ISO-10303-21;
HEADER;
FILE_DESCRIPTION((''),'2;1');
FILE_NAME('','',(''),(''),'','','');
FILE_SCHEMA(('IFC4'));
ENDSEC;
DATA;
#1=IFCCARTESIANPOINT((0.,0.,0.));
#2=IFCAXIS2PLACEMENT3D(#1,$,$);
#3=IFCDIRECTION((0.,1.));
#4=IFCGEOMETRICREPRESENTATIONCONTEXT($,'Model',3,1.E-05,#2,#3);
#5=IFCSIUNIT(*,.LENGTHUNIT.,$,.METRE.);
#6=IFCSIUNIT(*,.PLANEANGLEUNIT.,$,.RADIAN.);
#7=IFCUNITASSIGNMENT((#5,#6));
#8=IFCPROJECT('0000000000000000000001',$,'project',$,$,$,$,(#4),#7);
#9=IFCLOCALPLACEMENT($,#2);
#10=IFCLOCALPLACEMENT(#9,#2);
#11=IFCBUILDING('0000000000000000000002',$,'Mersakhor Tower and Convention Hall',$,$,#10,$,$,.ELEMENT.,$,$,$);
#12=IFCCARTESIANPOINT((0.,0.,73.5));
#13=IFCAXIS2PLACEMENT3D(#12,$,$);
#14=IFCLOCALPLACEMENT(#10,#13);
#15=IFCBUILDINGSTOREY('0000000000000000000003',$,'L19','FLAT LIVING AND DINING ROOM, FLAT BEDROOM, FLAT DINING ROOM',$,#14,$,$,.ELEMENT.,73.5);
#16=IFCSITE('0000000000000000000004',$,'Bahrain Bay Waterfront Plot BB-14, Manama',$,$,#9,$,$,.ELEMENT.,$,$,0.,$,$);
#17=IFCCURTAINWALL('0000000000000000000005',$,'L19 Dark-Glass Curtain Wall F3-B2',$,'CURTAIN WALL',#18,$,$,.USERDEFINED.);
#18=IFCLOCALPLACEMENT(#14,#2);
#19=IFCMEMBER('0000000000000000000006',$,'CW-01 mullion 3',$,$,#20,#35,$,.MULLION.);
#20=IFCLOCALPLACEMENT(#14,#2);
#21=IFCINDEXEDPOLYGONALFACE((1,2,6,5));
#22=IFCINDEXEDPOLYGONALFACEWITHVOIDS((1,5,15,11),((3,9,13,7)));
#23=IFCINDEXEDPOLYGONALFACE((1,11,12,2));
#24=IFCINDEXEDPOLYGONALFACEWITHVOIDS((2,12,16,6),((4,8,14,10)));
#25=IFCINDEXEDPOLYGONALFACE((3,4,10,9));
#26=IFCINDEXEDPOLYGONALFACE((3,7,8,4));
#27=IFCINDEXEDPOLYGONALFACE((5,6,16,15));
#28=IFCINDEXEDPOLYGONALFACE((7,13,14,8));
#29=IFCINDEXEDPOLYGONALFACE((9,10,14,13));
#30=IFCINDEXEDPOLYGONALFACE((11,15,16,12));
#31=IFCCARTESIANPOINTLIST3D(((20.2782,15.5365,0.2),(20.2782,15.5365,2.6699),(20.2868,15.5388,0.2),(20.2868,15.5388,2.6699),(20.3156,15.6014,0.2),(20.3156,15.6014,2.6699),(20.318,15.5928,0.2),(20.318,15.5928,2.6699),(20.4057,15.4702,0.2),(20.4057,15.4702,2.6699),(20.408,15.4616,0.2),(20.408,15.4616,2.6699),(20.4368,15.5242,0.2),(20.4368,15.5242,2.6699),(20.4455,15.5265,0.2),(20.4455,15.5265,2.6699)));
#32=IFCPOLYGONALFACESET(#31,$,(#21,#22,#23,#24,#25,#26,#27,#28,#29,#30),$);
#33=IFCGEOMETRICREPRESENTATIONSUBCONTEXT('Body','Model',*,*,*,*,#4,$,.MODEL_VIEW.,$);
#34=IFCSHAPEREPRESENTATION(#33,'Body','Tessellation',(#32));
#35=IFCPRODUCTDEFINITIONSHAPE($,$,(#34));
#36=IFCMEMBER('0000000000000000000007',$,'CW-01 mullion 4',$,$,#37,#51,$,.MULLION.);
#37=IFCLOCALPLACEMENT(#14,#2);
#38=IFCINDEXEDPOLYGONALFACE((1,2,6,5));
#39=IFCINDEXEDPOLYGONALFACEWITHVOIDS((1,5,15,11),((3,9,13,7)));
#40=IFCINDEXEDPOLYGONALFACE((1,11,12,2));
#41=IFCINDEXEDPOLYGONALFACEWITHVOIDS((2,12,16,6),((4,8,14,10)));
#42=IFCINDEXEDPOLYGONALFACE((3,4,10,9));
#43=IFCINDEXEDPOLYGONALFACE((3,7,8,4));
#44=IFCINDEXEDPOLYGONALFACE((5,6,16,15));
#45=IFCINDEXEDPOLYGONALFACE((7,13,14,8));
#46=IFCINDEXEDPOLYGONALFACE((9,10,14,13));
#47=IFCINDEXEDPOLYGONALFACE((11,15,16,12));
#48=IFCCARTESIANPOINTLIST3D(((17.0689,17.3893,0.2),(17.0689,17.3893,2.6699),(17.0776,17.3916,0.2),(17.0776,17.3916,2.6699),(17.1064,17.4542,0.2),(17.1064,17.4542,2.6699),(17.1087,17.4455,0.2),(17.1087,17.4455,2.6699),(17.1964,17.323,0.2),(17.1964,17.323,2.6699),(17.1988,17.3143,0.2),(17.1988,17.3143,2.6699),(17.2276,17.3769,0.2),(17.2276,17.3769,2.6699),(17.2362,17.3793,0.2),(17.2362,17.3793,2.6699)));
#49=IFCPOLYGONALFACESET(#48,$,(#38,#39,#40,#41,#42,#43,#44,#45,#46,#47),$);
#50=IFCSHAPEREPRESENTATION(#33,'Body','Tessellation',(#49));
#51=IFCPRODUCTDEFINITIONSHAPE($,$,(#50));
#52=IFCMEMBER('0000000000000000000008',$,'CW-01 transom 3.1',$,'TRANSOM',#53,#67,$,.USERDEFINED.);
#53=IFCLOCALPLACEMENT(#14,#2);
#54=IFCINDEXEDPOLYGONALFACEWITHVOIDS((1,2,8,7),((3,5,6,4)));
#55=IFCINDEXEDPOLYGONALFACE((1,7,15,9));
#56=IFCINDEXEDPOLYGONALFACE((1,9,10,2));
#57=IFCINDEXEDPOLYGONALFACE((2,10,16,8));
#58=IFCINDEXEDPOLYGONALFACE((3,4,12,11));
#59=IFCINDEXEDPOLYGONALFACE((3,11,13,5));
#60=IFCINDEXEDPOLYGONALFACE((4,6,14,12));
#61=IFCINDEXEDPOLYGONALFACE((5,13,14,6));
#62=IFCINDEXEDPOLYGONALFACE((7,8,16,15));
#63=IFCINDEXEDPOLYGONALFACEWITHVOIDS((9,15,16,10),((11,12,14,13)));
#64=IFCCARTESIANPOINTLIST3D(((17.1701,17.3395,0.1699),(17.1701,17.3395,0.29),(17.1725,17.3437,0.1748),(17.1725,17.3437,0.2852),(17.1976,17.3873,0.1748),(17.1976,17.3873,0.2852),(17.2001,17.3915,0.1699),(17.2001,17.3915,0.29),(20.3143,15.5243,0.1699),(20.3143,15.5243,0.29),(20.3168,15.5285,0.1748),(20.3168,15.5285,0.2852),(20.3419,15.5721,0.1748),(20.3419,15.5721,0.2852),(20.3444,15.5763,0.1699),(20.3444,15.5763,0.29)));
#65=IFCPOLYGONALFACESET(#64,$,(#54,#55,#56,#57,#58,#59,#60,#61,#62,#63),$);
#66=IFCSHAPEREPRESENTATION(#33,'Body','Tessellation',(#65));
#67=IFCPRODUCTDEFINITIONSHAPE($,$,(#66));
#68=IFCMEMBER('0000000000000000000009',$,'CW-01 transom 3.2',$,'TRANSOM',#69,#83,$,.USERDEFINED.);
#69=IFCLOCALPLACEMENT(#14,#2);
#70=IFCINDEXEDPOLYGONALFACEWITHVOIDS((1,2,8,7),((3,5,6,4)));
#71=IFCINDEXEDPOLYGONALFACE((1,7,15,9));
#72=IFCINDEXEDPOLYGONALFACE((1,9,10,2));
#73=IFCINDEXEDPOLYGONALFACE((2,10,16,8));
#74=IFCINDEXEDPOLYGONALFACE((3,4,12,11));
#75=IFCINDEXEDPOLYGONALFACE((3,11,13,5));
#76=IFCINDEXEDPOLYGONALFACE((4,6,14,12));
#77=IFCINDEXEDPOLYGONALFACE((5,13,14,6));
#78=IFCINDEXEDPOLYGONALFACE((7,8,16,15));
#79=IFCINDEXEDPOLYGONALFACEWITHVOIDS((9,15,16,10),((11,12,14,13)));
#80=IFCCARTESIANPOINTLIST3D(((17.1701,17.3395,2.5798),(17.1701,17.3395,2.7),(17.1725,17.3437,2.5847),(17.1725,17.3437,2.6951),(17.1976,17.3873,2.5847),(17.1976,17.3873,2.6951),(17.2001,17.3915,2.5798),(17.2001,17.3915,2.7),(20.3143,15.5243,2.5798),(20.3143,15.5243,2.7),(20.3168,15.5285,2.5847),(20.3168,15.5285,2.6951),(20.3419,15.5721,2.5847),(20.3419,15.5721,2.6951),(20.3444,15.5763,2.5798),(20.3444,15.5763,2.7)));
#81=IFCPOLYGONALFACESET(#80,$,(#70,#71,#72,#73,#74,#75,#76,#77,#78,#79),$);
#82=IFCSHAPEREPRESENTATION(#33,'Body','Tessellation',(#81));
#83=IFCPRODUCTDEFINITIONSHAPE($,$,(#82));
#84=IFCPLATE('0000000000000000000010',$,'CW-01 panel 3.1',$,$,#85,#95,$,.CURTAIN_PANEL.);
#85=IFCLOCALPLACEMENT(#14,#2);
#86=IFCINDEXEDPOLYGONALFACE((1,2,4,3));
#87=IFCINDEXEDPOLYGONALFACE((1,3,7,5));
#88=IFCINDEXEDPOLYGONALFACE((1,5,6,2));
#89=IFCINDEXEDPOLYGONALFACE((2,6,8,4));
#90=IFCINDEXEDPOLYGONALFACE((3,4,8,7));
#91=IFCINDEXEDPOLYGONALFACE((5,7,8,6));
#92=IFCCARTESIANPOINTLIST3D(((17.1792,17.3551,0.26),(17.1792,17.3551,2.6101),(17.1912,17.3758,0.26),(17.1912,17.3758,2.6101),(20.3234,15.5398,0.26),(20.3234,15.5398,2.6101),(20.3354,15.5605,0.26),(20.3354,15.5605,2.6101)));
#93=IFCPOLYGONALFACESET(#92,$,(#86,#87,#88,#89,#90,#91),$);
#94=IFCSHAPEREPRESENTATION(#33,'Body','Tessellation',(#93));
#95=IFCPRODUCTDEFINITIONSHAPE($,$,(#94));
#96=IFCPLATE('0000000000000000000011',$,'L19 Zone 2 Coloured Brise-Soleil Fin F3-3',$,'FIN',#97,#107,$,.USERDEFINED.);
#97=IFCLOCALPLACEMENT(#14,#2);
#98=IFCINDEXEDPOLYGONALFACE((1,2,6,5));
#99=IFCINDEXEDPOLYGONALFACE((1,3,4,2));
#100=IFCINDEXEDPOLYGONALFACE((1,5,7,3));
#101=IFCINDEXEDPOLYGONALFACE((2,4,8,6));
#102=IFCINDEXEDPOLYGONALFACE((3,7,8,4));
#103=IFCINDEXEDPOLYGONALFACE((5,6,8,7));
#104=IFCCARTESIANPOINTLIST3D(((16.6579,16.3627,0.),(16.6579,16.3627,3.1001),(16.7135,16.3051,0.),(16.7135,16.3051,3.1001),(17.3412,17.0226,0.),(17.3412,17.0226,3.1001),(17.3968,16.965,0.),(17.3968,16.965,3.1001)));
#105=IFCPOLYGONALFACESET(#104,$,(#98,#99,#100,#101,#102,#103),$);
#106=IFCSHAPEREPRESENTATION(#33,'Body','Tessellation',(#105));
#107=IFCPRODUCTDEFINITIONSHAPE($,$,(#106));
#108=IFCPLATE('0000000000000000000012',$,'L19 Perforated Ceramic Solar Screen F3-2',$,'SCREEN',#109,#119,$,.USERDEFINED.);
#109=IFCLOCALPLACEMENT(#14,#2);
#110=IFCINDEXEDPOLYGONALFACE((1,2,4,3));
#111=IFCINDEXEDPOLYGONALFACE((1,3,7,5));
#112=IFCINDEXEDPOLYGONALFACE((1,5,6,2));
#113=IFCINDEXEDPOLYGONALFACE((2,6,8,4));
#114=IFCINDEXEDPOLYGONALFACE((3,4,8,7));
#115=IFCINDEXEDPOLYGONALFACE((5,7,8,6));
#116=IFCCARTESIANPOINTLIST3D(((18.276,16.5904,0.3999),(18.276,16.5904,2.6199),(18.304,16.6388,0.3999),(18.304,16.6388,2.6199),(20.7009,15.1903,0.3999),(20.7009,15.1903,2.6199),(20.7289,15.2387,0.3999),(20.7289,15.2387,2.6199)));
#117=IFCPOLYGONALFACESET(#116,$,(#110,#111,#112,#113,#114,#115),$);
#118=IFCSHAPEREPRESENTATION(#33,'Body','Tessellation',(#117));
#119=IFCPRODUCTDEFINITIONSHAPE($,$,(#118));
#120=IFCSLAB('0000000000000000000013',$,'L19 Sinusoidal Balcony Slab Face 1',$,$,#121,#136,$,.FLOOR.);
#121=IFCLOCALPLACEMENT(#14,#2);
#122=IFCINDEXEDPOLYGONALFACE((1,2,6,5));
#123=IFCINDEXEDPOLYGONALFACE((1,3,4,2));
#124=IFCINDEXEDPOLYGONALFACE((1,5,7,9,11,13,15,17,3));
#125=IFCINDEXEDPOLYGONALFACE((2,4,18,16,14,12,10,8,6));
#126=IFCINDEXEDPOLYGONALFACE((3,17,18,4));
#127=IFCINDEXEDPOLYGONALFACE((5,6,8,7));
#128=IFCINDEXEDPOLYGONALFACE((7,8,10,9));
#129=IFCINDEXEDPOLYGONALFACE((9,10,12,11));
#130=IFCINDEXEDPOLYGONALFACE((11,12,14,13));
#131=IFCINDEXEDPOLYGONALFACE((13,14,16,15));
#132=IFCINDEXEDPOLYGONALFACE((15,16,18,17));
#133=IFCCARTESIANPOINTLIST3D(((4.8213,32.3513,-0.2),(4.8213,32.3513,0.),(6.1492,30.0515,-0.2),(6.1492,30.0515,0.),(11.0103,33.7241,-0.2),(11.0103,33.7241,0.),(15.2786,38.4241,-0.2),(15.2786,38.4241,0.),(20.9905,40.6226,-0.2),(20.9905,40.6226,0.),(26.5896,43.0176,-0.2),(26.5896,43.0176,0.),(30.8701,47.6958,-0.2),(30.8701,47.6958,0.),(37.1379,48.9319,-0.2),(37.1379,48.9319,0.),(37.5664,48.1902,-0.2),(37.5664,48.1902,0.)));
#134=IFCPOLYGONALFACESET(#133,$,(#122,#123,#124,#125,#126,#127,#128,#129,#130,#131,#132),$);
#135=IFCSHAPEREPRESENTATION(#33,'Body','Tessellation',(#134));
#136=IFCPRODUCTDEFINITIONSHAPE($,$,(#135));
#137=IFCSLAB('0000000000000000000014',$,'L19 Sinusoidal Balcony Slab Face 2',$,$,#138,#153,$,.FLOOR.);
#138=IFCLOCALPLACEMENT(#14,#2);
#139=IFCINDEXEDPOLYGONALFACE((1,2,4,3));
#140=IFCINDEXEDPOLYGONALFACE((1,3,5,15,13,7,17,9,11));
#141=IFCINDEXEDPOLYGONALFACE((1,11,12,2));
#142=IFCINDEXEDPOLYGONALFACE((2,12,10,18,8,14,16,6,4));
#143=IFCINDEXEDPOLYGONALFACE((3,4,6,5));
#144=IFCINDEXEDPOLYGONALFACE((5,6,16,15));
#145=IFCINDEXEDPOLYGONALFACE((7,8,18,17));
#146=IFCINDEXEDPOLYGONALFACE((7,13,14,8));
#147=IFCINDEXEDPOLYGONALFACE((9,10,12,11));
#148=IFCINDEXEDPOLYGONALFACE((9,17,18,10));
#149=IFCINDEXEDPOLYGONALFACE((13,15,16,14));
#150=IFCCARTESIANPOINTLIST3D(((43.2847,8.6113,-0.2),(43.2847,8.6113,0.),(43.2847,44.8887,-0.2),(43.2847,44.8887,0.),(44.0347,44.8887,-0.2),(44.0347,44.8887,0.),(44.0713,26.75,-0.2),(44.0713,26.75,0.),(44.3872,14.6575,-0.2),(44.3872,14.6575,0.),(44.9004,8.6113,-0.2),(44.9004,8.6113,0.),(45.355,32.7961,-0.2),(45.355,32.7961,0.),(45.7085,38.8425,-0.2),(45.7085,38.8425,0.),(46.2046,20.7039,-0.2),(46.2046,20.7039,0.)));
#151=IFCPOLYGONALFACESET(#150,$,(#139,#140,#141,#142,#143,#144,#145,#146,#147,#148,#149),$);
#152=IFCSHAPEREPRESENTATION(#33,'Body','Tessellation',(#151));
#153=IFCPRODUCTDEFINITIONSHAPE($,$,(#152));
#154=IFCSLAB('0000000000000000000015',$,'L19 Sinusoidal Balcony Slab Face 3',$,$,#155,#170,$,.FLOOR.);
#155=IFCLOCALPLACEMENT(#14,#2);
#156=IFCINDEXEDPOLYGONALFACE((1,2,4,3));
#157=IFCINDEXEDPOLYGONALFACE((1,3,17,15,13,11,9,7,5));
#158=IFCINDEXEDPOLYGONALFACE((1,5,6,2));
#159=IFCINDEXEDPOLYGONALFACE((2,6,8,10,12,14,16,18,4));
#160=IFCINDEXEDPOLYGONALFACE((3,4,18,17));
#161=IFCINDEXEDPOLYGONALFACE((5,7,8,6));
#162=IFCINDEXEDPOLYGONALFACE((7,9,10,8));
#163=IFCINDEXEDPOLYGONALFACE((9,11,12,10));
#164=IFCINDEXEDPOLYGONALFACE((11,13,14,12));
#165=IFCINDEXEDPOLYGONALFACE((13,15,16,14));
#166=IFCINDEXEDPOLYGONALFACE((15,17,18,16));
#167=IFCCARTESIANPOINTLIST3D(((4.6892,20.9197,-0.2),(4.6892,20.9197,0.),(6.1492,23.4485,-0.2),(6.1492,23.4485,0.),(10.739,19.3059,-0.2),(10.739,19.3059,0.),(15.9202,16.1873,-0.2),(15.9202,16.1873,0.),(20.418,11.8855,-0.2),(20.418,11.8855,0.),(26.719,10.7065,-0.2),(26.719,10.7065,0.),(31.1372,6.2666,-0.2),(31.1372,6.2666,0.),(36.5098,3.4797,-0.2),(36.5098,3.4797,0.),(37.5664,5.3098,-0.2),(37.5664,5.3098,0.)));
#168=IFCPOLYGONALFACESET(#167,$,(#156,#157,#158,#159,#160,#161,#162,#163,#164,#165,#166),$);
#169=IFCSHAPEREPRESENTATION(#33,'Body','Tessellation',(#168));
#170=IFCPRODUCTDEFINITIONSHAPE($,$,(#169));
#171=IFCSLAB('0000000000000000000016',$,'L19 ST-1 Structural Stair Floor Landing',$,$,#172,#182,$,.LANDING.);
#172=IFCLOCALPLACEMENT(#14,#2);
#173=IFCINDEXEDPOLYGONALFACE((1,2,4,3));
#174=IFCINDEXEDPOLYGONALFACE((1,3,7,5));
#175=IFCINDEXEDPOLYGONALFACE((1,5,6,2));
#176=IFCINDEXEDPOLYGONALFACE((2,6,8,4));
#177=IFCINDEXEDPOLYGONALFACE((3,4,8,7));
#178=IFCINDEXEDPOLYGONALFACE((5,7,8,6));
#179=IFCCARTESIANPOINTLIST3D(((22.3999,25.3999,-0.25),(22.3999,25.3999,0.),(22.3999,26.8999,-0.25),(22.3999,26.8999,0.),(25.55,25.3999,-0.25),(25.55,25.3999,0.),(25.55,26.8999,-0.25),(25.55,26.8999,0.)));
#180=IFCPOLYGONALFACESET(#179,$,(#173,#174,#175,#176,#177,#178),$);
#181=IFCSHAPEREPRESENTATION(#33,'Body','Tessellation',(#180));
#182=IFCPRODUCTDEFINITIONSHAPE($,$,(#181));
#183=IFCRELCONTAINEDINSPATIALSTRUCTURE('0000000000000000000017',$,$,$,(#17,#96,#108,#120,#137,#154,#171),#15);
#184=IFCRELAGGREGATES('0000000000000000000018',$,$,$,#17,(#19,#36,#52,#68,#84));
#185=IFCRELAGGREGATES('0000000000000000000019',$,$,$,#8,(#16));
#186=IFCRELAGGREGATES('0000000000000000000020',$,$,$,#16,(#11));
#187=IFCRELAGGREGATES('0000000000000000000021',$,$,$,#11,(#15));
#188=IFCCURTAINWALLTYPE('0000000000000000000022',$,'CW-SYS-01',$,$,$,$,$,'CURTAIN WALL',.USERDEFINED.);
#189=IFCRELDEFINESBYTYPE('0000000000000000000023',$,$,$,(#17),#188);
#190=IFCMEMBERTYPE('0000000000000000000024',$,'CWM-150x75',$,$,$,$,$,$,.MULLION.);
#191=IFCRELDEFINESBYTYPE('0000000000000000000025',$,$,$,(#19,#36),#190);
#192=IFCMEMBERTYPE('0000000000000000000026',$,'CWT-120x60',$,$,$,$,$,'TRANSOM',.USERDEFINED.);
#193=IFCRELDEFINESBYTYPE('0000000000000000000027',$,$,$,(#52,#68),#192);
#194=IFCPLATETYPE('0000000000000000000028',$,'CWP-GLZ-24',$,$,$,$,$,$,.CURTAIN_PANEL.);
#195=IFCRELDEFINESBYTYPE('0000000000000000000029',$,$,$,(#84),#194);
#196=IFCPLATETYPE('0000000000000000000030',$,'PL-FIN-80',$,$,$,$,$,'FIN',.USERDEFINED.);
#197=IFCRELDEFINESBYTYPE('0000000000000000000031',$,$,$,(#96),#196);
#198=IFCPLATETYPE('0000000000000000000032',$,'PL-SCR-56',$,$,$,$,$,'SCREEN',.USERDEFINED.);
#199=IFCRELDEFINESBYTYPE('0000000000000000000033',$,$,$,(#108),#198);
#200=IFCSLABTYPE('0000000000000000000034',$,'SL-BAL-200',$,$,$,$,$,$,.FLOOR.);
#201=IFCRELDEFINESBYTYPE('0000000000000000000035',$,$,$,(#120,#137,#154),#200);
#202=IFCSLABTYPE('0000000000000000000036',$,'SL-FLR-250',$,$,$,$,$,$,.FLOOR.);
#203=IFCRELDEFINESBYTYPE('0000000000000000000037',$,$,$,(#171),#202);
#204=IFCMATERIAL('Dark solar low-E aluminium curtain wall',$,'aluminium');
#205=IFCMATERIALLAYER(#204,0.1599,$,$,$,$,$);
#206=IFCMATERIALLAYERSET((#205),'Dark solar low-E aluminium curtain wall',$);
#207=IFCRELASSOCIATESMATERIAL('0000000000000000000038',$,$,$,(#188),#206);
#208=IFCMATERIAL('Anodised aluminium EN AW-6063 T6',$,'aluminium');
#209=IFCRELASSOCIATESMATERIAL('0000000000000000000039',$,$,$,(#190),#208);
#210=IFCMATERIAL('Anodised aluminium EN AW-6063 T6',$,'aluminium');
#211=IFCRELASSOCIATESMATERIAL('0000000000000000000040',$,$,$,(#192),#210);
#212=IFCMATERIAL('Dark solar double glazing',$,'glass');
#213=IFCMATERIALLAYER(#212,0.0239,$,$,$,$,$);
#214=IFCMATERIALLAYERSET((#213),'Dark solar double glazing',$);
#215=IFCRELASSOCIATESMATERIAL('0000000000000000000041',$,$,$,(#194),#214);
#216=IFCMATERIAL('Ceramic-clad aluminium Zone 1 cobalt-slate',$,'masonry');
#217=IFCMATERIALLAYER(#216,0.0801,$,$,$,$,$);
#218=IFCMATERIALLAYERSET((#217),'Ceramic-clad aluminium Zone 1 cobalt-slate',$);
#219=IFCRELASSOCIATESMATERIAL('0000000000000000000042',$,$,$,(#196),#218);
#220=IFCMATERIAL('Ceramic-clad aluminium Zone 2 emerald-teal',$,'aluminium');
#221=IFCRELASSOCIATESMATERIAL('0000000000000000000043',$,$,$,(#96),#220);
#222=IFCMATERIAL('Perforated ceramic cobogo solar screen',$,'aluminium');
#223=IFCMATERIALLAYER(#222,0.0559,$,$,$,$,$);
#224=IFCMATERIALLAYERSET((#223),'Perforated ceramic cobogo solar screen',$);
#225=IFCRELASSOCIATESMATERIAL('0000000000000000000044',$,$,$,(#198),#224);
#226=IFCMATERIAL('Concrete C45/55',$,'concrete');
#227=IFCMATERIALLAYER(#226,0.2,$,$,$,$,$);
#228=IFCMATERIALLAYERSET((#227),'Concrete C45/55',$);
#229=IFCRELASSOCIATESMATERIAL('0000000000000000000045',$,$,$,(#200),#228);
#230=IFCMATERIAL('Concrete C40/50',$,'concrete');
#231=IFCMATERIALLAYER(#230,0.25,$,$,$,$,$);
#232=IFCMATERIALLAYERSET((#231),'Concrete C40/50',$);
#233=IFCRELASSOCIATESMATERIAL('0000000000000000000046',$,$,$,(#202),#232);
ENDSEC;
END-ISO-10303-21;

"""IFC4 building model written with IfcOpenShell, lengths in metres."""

from ifc_helpers import new_model, si_unit, direction, frame, origin, origin_2d, place, context, subcontext, project, spatial, polyline, rectangle, hollow_rectangle, outline, extrude, material, layer, layer_set, material_profile, profile_set, type_object, element, aggregate, save


model = new_model("IFC4")

# Units and contexts
model_context = context("Model", 3, precision=1e-05, world=origin(), true_north=direction((0.0, 1.0)))
body_context = subcontext(model_context, "Body", "Model", "MODEL_VIEW")
ifc_project = project(units=[si_unit("LENGTHUNIT", "METRE"), si_unit("PLANEANGLEUNIT", "RADIAN")], contexts=[model_context])

# Site, building, storey
site_placement = place(None, origin())
site = spatial("IfcSite", under=ifc_project, at=site_placement, Name="Bahrain Bay Waterfront Plot BB-14, Manama", CompositionType="ELEMENT", RefElevation=0.0)
building_placement = place(site_placement, origin())
building = spatial("IfcBuilding", under=site, at=building_placement, Name="Mersakhor Tower and Convention Hall", CompositionType="ELEMENT")
storey_placement = place(building_placement, frame((0.0, 0.0, 73.5)))
storey = spatial("IfcBuildingStorey", under=building, at=storey_placement, Name="L19", Description="FLAT LIVING AND DINING ROOM, FLAT BEDROOM, FLAT DINING ROOM", CompositionType="ELEMENT", Elevation=73.5)

# Curtain wall, members, plate
ifc_material_1 = material(Name="Dark solar low-E aluminium curtain wall", Category="aluminium")
ifc_layer_1 = layer(ifc_material_1, 0.1599)
ifc_layer_set_1 = layer_set([ifc_layer_1], Name="Dark solar low-E aluminium curtain wall")
curtain_wall_type = type_object("IfcCurtainWallType", Name="CW-SYS-01", ElementType="CURTAIN WALL", PredefinedType="USERDEFINED", material=ifc_layer_set_1)
curtain_wall_placement = place(storey_placement, origin())
curtain_wall = element("IfcCurtainWall", 1, at=curtain_wall_placement, inside=storey, type_object=curtain_wall_type, Name="L19 Dark-Glass Curtain Wall F3-B2", ObjectType="CURTAIN WALL", PredefinedType="USERDEFINED")
ifc_material_2 = material(Name="Anodised aluminium EN AW-6063 T6", Category="aluminium")
ifc_material_profile_1 = material_profile(ifc_material_2, hollow_rectangle(XDim=0.075, YDim=0.1499, WallThickness=0.0063, at=origin_2d()), Name="RHS 150x75x6.3")
ifc_profile_set_1 = profile_set([ifc_material_profile_1], Name="Anodised aluminium EN AW-6063 T6")
member_type_1 = type_object("IfcMemberType", Name="CWM-150x75", PredefinedType="MULLION", material=ifc_profile_set_1)
member_1_placement = place(storey_placement, frame((20.3618, 15.5315, 0.2), z_axis=(0.0, 0.0, 1.0), x_axis=(-0.499998, -0.866027, 0.0)))
member_1 = element("IfcMember", 2, at=member_1_placement, type_object=member_type_1, Name="CW-01 mullion 3", PredefinedType="MULLION", context=body_context, shape_type="SweptSolid", body=[
    extrude(hollow_rectangle(XDim=0.075, YDim=0.1499, WallThickness=0.0063, at=origin_2d()), origin(), (0.0, 0.0, 1.0), 2.47),
])
member_2_placement = place(storey_placement, frame((17.1526, 17.3843, 0.2), z_axis=(0.0, 0.0, 1.0), x_axis=(-0.499998, -0.866027, 0.0)))
member_2 = element("IfcMember", 3, at=member_2_placement, type_object=member_type_1, Name="CW-01 mullion 4", PredefinedType="MULLION", context=body_context, shape_type="SweptSolid", body=[
    extrude(hollow_rectangle(XDim=0.075, YDim=0.1499, WallThickness=0.0063, at=origin_2d()), origin(), (0.0, 0.0, 1.0), 2.47),
])
ifc_material_3 = material(Name="Anodised aluminium EN AW-6063 T6", Category="aluminium")
ifc_material_profile_2 = material_profile(ifc_material_3, hollow_rectangle(XDim=0.0601, YDim=0.1201, WallThickness=0.0049, at=origin_2d()), Name="RHS 120x60x5")
ifc_profile_set_2 = profile_set([ifc_material_profile_2], Name="Anodised aluminium EN AW-6063 T6")
member_type_2 = type_object("IfcMemberType", Name="CWT-120x60", ElementType="TRANSOM", PredefinedType="USERDEFINED", material=ifc_profile_set_2)
member_3_placement = place(storey_placement, frame((20.3293, 15.5503, 0.23), z_axis=(-0.866046, 0.499965, 0.0), x_axis=(-0.499965, -0.866046, 0.0)))
member_3 = element("IfcMember", 4, at=member_3_placement, type_object=member_type_2, Name="CW-01 transom 3.1", ObjectType="TRANSOM", PredefinedType="USERDEFINED", context=body_context, shape_type="SweptSolid", body=[
    extrude(hollow_rectangle(XDim=0.0601, YDim=0.1201, WallThickness=0.0049, at=origin_2d()), origin(), (0.0, 0.0, 1.0), 3.6306),
])
member_4_placement = place(storey_placement, frame((20.3293, 15.5503, 2.6399), z_axis=(-0.866046, 0.499965, 0.0), x_axis=(-0.499965, -0.866046, 0.0)))
member_4 = element("IfcMember", 5, at=member_4_placement, type_object=member_type_2, Name="CW-01 transom 3.2", ObjectType="TRANSOM", PredefinedType="USERDEFINED", context=body_context, shape_type="SweptSolid", body=[
    extrude(hollow_rectangle(XDim=0.0601, YDim=0.1201, WallThickness=0.0049, at=origin_2d()), origin(), (0.0, 0.0, 1.0), 3.6306),
])
ifc_material_4 = material(Name="Dark solar double glazing", Category="glass")
ifc_layer_2 = layer(ifc_material_4, 0.0239)
ifc_layer_set_2 = layer_set([ifc_layer_2], Name="Dark solar double glazing")
plate_type_1 = type_object("IfcPlateType", Name="CWP-GLZ-24", PredefinedType="CURTAIN_PANEL", material=ifc_layer_set_2)
plate_1_placement = place(storey_placement, frame((18.7573, 16.4578, 0.26), z_axis=(0.0, 0.0, 1.0), x_axis=(-0.866027, 0.499998, 0.0)))
plate_1 = element("IfcPlate", 6, at=plate_1_placement, type_object=plate_type_1, Name="CW-01 panel 3.1", PredefinedType="CURTAIN_PANEL", context=body_context, shape_type="SweptSolid", body=[
    extrude(rectangle(XDim=3.6306, YDim=0.0239, at=origin_2d()), origin(), (0.0, 0.0, 1.0), 2.3501),
])
aggregate(curtain_wall, [member_1, member_2, member_3, member_4, plate_1])

# Plates
ifc_material_5 = material(Name="Ceramic-clad aluminium Zone 2 emerald-teal", Category="aluminium")
ifc_material_6 = material(Name="Ceramic-clad aluminium Zone 1 cobalt-slate", Category="masonry")
ifc_layer_3 = layer(ifc_material_6, 0.0801)
ifc_layer_set_3 = layer_set([ifc_layer_3], Name="Ceramic-clad aluminium Zone 1 cobalt-slate")
plate_type_2 = type_object("IfcPlateType", Name="PL-FIN-80", ElementType="FIN", PredefinedType="USERDEFINED", material=ifc_layer_set_3)
plate_2_placement = place(storey_placement, frame((17.0273, 16.6638, 0.0), z_axis=(0.0, 0.0, 1.0), x_axis=(-0.71934, -0.694658, 0.0)))
element("IfcPlate", 7, at=plate_2_placement, inside=storey, type_object=plate_type_2, material=ifc_material_5, Name="L19 Zone 2 Coloured Brise-Soleil Fin F3-3", ObjectType="FIN", PredefinedType="USERDEFINED", context=body_context, shape_type="SweptSolid", body=[
    extrude(rectangle(XDim=0.95, YDim=0.0801, at=origin_2d()), origin(), (0.0, 0.0, 1.0), 3.1001),
])
ifc_material_7 = material(Name="Perforated ceramic cobogo solar screen", Category="aluminium")
ifc_layer_4 = layer(ifc_material_7, 0.0559)
ifc_layer_set_4 = layer_set([ifc_layer_4], Name="Perforated ceramic cobogo solar screen")
plate_type_3 = type_object("IfcPlateType", Name="PL-SCR-56", ElementType="SCREEN", PredefinedType="USERDEFINED", material=ifc_layer_set_4)
plate_3_placement = place(storey_placement, frame((19.5024, 15.9146, 0.3999), z_axis=(0.0, 0.0, 1.0), x_axis=(-0.866025, 0.5, 0.0)))
element("IfcPlate", 8, at=plate_3_placement, inside=storey, type_object=plate_type_3, Name="L19 Perforated Ceramic Solar Screen F3-2", ObjectType="SCREEN", PredefinedType="USERDEFINED", context=body_context, shape_type="SweptSolid", body=[
    extrude(rectangle(XDim=2.8, YDim=0.0559, at=origin_2d()), origin(), (0.0, 0.0, 1.0), 2.22),
])

# Slabs
ifc_material_8 = material(Name="Concrete C45/55", Category="concrete")
ifc_layer_5 = layer(ifc_material_8, 0.2)
ifc_layer_set_5 = layer_set([ifc_layer_5], Name="Concrete C45/55")
slab_type_1 = type_object("IfcSlabType", Name="SL-BAL-200", PredefinedType="FLOOR", material=ifc_layer_set_5)
slab_1_placement = place(storey_placement, frame((0.0, 0.0, -0.2)))
element("IfcSlab", 9, at=slab_1_placement, inside=storey, type_object=slab_type_1, Name="L19 Sinusoidal Balcony Slab Face 1", PredefinedType="FLOOR", context=body_context, shape_type="SweptSolid", body=[
    extrude(outline(polyline([(6.1492, 30.0515), (37.5664, 48.1902), (37.1379, 48.9319), (30.8701, 47.6958), (26.5896, 43.0176), (20.9905, 40.6226), (15.2786, 38.4241), (11.0103, 33.7241), (4.8213, 32.3513), (6.1492, 30.0515)])), origin(), (0.0, 0.0, 1.0), 0.2),
])
slab_2_placement = place(storey_placement, frame((0.0, 0.0, -0.2)))
element("IfcSlab", 10, at=slab_2_placement, inside=storey, type_object=slab_type_1, Name="L19 Sinusoidal Balcony Slab Face 2", PredefinedType="FLOOR", context=body_context, shape_type="SweptSolid", body=[
    extrude(outline(polyline([(43.2847, 44.8887), (43.2847, 8.6113), (44.9004, 8.6113), (44.3872, 14.6575), (46.2046, 20.7039), (44.0713, 26.75), (45.355, 32.7961), (45.7085, 38.8425), (44.0347, 44.8887), (43.2847, 44.8887)])), origin(), (0.0, 0.0, 1.0), 0.2),
])
slab_3_placement = place(storey_placement, frame((0.0, 0.0, -0.2)))
element("IfcSlab", 11, at=slab_3_placement, inside=storey, type_object=slab_type_1, Name="L19 Sinusoidal Balcony Slab Face 3", PredefinedType="FLOOR", context=body_context, shape_type="SweptSolid", body=[
    extrude(outline(polyline([(37.5664, 5.3098), (6.1492, 23.4485), (4.6892, 20.9197), (10.739, 19.3059), (15.9202, 16.1873), (20.418, 11.8855), (26.719, 10.7065), (31.1372, 6.2666), (36.5098, 3.4797), (37.5664, 5.3098)])), origin(), (0.0, 0.0, 1.0), 0.2),
])
ifc_material_9 = material(Name="Concrete C40/50", Category="concrete")
ifc_layer_6 = layer(ifc_material_9, 0.25)
ifc_layer_set_6 = layer_set([ifc_layer_6], Name="Concrete C40/50")
slab_type_2 = type_object("IfcSlabType", Name="SL-FLR-250", PredefinedType="FLOOR", material=ifc_layer_set_6)
slab_4_placement = place(storey_placement, frame((0.0, 0.0, -0.25)))
element("IfcSlab", 12, at=slab_4_placement, inside=storey, type_object=slab_type_2, Name="L19 ST-1 Structural Stair Floor Landing", PredefinedType="LANDING", context=body_context, shape_type="SweptSolid", body=[
    extrude(outline(polyline([(25.55, 25.3999), (25.55, 26.8999), (22.3999, 26.8999), (22.3999, 25.3999), (25.55, 25.3999)])), origin(), (0.0, 0.0, 1.0), 0.25),
])

save(model, "model.ifc")
